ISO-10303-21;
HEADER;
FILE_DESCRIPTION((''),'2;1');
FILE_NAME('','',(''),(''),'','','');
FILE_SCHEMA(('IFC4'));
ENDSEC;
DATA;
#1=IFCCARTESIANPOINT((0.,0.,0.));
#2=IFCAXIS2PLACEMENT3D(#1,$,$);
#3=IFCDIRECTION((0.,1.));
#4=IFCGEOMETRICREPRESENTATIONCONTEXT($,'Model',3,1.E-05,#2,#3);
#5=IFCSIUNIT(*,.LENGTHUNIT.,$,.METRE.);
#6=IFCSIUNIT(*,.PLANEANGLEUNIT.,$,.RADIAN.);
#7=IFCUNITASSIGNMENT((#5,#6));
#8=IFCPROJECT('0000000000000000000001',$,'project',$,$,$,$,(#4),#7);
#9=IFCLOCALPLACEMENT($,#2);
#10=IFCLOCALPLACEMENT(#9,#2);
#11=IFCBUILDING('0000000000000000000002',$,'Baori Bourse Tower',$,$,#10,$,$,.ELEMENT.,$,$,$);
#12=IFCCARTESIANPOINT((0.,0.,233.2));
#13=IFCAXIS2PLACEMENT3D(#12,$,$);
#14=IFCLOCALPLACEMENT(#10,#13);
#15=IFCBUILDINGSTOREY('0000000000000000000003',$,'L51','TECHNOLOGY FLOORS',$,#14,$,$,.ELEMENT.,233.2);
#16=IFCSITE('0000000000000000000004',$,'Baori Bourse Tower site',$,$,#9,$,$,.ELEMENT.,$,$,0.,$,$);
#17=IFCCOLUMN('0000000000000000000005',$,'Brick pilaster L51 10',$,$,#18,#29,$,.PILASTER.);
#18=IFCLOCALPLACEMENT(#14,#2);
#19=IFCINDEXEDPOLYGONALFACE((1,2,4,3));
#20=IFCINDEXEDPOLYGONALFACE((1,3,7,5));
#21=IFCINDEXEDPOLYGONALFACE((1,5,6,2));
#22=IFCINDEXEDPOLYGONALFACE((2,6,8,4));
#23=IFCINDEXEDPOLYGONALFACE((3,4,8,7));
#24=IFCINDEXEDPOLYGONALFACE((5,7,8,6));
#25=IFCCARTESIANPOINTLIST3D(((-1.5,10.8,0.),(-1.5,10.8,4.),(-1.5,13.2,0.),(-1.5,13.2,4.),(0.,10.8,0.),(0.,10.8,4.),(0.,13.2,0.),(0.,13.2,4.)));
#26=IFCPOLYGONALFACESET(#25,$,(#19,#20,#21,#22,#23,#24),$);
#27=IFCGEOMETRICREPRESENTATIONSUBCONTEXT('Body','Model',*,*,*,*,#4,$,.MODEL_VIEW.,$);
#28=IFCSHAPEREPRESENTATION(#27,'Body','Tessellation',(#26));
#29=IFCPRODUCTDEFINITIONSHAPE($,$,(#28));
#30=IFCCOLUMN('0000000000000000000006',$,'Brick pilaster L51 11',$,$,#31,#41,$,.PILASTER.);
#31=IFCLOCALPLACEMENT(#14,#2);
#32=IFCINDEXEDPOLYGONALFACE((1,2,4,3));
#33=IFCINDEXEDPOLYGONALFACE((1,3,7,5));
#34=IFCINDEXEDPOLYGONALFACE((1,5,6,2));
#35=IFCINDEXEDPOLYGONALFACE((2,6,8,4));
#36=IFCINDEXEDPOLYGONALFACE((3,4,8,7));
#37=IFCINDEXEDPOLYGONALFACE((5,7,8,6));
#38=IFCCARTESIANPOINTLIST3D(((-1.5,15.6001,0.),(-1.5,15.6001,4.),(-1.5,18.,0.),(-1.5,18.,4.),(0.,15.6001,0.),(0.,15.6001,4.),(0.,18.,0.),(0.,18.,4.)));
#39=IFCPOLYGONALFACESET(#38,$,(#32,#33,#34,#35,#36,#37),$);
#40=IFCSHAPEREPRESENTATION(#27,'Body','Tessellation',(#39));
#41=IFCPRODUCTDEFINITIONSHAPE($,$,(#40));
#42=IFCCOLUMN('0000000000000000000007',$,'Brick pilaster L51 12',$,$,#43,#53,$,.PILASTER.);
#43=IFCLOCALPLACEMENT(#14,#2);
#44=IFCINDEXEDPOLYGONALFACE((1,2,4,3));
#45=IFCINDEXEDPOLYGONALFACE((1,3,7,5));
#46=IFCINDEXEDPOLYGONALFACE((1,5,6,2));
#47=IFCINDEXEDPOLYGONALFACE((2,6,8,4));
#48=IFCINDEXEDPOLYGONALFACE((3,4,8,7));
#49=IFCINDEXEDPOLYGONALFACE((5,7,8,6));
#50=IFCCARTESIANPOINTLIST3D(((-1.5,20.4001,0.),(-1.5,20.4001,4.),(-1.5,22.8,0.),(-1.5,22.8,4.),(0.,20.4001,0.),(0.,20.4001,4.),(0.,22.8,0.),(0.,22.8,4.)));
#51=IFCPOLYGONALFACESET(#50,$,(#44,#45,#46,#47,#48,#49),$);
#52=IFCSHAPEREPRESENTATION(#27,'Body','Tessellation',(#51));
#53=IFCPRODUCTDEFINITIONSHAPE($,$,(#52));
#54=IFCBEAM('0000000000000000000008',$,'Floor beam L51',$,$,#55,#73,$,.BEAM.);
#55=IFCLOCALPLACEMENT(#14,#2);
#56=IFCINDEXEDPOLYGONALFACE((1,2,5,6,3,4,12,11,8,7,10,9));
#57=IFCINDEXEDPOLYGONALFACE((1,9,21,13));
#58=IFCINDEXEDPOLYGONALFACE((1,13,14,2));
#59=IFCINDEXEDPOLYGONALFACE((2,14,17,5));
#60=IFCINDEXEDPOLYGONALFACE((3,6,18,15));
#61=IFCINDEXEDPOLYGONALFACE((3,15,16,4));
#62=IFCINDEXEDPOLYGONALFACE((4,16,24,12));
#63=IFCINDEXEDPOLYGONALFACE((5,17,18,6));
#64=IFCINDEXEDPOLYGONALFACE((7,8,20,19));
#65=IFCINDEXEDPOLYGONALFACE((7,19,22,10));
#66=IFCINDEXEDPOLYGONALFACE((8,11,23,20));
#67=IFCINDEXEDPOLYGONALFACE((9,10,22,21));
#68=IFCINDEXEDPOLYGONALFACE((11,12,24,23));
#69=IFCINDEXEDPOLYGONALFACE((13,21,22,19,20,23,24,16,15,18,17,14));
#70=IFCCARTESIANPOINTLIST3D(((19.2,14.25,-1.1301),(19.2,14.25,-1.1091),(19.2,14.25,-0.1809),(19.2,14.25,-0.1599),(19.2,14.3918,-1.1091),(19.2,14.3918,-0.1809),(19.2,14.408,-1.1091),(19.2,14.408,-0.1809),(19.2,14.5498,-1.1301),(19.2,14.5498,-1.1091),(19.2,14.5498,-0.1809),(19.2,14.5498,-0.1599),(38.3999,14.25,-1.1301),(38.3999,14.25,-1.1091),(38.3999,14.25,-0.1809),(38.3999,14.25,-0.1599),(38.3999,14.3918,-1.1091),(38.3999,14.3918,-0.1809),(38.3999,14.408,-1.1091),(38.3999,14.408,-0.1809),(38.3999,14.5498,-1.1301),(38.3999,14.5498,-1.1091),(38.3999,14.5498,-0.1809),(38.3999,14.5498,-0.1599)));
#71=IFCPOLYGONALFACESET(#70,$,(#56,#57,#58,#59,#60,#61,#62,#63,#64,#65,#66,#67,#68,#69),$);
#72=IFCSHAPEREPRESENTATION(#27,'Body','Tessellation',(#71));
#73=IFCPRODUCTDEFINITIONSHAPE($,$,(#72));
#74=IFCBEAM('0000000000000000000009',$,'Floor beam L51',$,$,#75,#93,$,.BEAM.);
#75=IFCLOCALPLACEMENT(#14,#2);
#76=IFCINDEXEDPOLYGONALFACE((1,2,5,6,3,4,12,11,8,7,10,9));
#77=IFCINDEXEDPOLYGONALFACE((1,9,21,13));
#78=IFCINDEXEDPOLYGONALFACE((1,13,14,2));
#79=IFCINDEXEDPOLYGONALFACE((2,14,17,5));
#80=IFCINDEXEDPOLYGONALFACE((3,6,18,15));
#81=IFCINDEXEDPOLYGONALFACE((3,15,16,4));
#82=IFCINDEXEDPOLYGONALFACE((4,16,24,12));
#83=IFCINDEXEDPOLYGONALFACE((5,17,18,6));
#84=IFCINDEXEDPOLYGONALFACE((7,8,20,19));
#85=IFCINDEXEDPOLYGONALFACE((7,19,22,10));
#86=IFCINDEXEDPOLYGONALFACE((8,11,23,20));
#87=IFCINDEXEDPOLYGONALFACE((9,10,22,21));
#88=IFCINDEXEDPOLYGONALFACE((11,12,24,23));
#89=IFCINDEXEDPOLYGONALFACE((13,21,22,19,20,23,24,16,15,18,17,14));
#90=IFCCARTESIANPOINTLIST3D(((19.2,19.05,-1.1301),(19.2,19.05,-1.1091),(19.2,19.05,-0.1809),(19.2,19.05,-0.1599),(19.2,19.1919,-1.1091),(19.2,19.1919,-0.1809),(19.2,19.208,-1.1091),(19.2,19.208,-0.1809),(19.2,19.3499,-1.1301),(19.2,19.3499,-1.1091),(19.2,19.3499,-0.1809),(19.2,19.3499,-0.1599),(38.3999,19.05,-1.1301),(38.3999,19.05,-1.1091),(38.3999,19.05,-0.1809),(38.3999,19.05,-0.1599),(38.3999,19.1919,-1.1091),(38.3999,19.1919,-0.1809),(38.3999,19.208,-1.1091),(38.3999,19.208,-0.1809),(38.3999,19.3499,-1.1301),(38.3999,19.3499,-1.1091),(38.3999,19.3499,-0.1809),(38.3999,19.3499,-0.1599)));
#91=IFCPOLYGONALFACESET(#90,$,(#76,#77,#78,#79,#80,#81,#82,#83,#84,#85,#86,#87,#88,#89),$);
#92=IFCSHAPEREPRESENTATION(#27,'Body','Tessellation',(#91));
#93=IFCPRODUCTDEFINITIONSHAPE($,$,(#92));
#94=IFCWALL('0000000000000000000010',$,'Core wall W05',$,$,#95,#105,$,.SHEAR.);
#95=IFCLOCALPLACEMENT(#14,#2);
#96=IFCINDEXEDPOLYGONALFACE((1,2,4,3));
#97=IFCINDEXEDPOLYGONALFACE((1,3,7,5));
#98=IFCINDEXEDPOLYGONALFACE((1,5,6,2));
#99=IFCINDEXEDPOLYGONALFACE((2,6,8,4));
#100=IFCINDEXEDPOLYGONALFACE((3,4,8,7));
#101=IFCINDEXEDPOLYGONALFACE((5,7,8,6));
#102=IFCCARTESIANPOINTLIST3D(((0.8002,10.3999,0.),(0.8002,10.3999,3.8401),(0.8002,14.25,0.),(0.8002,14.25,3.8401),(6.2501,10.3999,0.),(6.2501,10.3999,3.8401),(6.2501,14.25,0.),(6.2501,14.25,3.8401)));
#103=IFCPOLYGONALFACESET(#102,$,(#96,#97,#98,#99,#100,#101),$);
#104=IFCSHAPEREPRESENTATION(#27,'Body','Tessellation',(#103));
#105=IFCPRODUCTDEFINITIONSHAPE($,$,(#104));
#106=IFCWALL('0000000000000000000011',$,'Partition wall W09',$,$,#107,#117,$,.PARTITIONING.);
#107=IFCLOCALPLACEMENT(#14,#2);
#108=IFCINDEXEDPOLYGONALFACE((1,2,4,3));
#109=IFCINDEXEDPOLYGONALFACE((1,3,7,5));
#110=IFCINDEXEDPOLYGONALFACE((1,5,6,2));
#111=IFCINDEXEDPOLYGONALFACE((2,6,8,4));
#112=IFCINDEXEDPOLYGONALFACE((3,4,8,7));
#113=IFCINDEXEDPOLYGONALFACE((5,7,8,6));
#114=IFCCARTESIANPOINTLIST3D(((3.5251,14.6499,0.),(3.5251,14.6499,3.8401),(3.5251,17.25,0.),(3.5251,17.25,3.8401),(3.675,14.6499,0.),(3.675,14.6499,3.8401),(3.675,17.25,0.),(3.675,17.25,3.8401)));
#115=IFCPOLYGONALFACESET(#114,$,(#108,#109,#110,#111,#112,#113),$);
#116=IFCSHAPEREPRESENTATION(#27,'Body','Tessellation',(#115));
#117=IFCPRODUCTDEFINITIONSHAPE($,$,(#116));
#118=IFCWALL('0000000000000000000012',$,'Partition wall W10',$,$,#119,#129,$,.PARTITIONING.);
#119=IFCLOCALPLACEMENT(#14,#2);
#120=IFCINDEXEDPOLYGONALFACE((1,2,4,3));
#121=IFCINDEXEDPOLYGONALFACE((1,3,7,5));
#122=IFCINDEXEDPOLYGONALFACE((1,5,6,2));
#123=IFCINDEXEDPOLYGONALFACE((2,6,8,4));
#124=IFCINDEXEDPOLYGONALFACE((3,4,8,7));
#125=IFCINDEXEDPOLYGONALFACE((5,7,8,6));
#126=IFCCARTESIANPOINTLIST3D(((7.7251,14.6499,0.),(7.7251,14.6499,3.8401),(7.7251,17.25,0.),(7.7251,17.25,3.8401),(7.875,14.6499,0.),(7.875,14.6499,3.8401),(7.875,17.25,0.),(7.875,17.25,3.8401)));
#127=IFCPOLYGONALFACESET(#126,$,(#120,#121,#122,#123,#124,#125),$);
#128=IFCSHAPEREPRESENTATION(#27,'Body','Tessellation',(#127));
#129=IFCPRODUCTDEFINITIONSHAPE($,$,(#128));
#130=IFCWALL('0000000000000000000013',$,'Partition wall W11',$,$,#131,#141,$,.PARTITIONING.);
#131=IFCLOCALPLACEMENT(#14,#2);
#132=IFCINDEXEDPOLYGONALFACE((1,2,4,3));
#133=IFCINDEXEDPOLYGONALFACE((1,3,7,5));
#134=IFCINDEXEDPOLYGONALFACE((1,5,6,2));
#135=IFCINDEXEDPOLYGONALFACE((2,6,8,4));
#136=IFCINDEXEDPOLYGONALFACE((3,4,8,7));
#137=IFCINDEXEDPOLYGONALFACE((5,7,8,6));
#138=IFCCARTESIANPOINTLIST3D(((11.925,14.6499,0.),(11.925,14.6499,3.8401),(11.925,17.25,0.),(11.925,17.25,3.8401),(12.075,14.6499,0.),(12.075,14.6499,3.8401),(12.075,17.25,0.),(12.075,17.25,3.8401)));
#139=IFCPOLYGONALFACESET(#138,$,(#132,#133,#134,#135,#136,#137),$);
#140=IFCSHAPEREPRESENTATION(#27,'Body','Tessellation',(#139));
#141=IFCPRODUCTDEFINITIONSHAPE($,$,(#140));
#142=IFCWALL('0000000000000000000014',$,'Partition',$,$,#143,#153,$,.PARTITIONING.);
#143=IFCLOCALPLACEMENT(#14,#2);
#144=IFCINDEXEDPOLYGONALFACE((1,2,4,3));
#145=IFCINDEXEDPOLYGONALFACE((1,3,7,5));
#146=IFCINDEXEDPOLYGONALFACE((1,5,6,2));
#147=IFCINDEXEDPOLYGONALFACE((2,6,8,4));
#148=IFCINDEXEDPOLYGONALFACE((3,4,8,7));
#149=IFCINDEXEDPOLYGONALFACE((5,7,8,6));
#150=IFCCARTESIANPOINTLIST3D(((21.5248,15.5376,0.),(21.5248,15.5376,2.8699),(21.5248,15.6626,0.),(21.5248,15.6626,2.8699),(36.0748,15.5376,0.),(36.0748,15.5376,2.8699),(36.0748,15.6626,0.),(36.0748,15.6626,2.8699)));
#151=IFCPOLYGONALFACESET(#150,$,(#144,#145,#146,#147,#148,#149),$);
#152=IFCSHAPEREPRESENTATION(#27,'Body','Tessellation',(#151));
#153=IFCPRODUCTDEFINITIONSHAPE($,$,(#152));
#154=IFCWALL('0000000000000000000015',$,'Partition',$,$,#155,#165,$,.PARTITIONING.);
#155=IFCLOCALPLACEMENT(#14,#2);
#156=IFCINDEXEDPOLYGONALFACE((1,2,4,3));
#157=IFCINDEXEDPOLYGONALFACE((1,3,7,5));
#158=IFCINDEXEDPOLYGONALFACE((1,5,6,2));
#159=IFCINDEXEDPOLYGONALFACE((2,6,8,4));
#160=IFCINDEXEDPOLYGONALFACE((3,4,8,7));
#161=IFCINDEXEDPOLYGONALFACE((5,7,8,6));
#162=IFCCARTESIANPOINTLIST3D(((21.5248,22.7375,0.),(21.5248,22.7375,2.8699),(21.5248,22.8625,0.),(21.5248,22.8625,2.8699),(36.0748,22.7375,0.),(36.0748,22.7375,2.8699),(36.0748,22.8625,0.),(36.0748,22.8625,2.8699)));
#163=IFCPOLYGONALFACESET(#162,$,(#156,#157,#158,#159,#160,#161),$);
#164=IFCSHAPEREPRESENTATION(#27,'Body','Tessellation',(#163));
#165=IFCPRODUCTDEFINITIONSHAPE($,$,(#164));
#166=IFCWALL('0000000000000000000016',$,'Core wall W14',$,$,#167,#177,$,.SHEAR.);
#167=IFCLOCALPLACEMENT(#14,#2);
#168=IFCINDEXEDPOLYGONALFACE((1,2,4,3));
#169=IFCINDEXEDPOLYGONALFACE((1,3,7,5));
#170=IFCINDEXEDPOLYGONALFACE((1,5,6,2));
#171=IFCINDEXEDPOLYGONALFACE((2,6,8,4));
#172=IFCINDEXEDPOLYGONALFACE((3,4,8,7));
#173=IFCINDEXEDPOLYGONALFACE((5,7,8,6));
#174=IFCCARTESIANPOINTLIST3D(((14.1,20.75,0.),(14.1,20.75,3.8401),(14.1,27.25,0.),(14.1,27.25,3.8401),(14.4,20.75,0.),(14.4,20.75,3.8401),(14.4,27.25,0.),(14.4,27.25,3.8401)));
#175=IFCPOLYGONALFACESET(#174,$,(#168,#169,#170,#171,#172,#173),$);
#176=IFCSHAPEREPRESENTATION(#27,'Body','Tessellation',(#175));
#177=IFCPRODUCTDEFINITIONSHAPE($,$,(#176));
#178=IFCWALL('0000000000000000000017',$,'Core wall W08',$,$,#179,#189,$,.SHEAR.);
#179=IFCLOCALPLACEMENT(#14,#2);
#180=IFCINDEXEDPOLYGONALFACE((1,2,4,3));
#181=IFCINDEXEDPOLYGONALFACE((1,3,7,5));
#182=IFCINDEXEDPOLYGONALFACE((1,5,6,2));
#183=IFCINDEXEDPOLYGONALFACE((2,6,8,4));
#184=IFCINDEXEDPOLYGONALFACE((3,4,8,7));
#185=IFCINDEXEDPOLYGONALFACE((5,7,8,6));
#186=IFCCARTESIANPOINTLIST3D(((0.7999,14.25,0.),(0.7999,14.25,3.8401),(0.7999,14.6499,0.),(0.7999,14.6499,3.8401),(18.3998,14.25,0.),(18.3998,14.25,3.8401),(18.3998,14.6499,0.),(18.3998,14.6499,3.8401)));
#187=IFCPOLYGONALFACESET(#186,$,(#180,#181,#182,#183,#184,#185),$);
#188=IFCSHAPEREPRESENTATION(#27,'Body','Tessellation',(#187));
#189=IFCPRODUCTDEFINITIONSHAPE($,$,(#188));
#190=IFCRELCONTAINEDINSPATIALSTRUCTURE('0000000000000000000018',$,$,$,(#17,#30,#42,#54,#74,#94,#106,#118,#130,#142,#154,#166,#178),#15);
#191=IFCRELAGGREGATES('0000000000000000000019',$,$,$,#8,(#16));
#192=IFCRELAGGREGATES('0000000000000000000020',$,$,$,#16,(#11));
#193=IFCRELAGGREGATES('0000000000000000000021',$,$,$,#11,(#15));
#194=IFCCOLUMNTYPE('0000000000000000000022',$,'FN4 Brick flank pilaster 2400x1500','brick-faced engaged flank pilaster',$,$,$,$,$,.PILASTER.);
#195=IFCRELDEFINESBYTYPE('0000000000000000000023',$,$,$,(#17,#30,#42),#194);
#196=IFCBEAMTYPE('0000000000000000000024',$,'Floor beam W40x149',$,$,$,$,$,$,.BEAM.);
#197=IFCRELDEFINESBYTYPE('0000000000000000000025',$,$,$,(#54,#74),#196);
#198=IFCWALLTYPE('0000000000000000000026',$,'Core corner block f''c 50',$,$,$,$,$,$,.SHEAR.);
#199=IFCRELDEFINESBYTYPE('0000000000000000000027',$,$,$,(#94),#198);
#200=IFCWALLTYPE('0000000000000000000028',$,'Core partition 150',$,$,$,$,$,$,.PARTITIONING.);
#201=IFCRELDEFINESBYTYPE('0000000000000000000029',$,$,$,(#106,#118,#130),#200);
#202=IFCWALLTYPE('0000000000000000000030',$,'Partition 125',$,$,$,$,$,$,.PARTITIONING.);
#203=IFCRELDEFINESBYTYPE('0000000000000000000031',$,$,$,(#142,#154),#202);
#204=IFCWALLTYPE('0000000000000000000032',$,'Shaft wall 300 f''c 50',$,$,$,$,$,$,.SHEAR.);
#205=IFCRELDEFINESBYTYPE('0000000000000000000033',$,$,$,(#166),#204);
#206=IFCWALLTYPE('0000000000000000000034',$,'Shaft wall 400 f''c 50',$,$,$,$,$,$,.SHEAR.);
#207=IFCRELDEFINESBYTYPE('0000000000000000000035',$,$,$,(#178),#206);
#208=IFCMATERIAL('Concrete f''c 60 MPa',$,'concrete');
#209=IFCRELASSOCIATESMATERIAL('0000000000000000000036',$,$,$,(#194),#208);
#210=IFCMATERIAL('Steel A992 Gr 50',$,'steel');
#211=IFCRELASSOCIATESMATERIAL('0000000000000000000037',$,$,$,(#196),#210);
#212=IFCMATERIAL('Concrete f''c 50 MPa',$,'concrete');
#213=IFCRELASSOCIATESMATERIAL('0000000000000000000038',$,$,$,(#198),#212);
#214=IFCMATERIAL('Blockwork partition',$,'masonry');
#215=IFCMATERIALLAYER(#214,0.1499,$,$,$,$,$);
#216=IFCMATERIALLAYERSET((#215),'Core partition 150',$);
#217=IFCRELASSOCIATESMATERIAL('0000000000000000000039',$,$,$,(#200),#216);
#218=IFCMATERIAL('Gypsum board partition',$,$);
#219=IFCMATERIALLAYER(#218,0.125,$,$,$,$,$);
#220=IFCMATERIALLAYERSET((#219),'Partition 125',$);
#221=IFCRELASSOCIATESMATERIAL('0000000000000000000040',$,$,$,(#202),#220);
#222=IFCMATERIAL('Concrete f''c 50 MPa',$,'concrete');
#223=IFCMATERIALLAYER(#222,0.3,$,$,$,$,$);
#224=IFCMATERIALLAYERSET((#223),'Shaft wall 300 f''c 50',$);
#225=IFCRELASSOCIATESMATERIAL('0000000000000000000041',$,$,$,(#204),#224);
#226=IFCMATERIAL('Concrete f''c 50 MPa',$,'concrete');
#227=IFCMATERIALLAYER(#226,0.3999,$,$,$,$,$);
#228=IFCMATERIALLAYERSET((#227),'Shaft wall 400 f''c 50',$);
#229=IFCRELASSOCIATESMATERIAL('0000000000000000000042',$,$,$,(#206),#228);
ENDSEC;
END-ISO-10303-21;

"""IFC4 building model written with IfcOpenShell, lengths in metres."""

from ifc_helpers import new_model, si_unit, direction, frame, frame_2d, origin, origin_2d, place, context, subcontext, project, spatial, rectangle, i_section, extrude, material, layer, layer_set, material_profile, profile_set, type_object, element, save


model = new_model("IFC4")

# Units and contexts
model_context = context("Model", 3, precision=1e-05, world=origin(), true_north=direction((0.0, 1.0)))
body_context = subcontext(model_context, "Body", "Model", "MODEL_VIEW")
ifc_project = project(units=[si_unit("LENGTHUNIT", "METRE"), si_unit("PLANEANGLEUNIT", "RADIAN")], contexts=[model_context])

# Site, building, storey
site_placement = place(None, origin())
site = spatial("IfcSite", under=ifc_project, at=site_placement, Name="Baori Bourse Tower site", CompositionType="ELEMENT", RefElevation=0.0)
building_placement = place(site_placement, origin())
building = spatial("IfcBuilding", under=site, at=building_placement, Name="Baori Bourse Tower", CompositionType="ELEMENT")
storey_placement = place(building_placement, frame((0.0, 0.0, 233.2)))
storey = spatial("IfcBuildingStorey", under=building, at=storey_placement, Name="L51", Description="TECHNOLOGY FLOORS", CompositionType="ELEMENT", Elevation=233.2)

# Columns
ifc_material_1 = material(Name="Concrete f'c 60 MPa", Category="concrete")
ifc_material_profile_1 = material_profile(ifc_material_1, rectangle(XDim=2.3999, YDim=1.5, at=origin_2d()), Name="RC 2400x1500")
ifc_profile_set_1 = profile_set([ifc_material_profile_1], Name="Concrete f'c 60 MPa")
column_type = type_object("IfcColumnType", Name="FN4 Brick flank pilaster 2400x1500", Description="brick-faced engaged flank pilaster", PredefinedType="PILASTER", material=ifc_profile_set_1)
for number, where, z_axis, x_axis, name in (
    (1, (-0.75, 12.0, 0.0), (0.0, 0.0, 1.0), (0.0, 1.0, 0.0), "Brick pilaster L51 10"),
    (2, (-0.75, 16.8, 0.0), (0.0, 0.0, 1.0), (0.0, 1.0, 0.0), "Brick pilaster L51 11"),
    (3, (-0.75, 21.6001, 0.0), (0.0, 0.0, 1.0), (0.0, 1.0, 0.0), "Brick pilaster L51 12"),
):
    element("IfcColumn", number, at=place(storey_placement, frame(where, z_axis=z_axis, x_axis=x_axis)), inside=storey, type_object=column_type, Name=name, PredefinedType="PILASTER", context=body_context, shape_type="SweptSolid", body=[
        extrude(rectangle(XDim=2.3999, YDim=1.5, at=origin_2d()), origin(), (0.0, 0.0, 1.0), 4.0),
    ])

# Beams
ifc_material_2 = material(Name="Steel A992 Gr 50", Category="steel")
ifc_material_profile_2 = material_profile(ifc_material_2, i_section(OverallWidth=0.2998, OverallDepth=0.9702, WebThickness=0.0161, FlangeThickness=0.021, at=origin_2d()), Name="W40x149")
ifc_profile_set_2 = profile_set([ifc_material_profile_2], Name="Steel A992 Gr 50")
beam_type = type_object("IfcBeamType", Name="Floor beam W40x149", PredefinedType="BEAM", material=ifc_profile_set_2)
for number, where, z_axis, x_axis, name in (
    (4, (19.2, 14.3999, -0.645), (1.0, 0.0, 0.0), (0.0, 1.0, 0.0), "Floor beam L51"),
    (5, (19.2, 19.2, -0.645), (1.0, 0.0, 0.0), (0.0, 1.0, 0.0), "Floor beam L51"),
):
    element("IfcBeam", number, at=place(storey_placement, frame(where, z_axis=z_axis, x_axis=x_axis)), inside=storey, type_object=beam_type, Name=name, PredefinedType="BEAM", context=body_context, shape_type="SweptSolid", body=[
        extrude(i_section(OverallWidth=0.2998, OverallDepth=0.9702, WebThickness=0.0161, FlangeThickness=0.021, at=origin_2d()), origin(), (0.0, 0.0, 1.0), 19.2),
    ])

# Walls
ifc_material_3 = material(Name="Concrete f'c 50 MPa", Category="concrete")
wall_type_1 = type_object("IfcWallType", Name="Core corner block f'c 50", PredefinedType="SHEAR", material=ifc_material_3)
wall_1_placement = place(storey_placement, frame((0.8, 12.325, 0.0), z_axis=(0.0, 0.0, 1.0), x_axis=(1.0, 0.0, 0.0)))
element("IfcWall", 6, at=wall_1_placement, inside=storey, type_object=wall_type_1, Name="Core wall W05", PredefinedType="SHEAR", context=body_context, shape_type="SweptSolid", body=[
    extrude(rectangle(XDim=5.45, YDim=3.8501, at=frame_2d((2.7251, 0.0))), origin(), (0.0, 0.0, 1.0), 3.8401),
])
ifc_material_4 = material(Name="Blockwork partition", Category="masonry")
ifc_layer_1 = layer(ifc_material_4, 0.1499)
ifc_layer_set_1 = layer_set([ifc_layer_1], Name="Core partition 150")
wall_type_2 = type_object("IfcWallType", Name="Core partition 150", PredefinedType="PARTITIONING", material=ifc_layer_set_1)
for number, where, z_axis, x_axis, name in (
    (7, (3.6001, 14.6499, 0.0), (0.0, 0.0, 1.0), (0.0, 1.0, 0.0), "Partition wall W09"),
    (8, (7.8, 14.6499, 0.0), (0.0, 0.0, 1.0), (0.0, 1.0, 0.0), "Partition wall W10"),
    (9, (12.0, 14.6499, 0.0), (0.0, 0.0, 1.0), (0.0, 1.0, 0.0), "Partition wall W11"),
):
    element("IfcWall", number, at=place(storey_placement, frame(where, z_axis=z_axis, x_axis=x_axis)), inside=storey, type_object=wall_type_2, Name=name, PredefinedType="PARTITIONING", context=body_context, shape_type="SweptSolid", body=[
        extrude(rectangle(XDim=2.6001, YDim=0.1499, at=frame_2d((1.3, 0.0))), origin(), (0.0, 0.0, 1.0), 3.8401),
    ])
ifc_material_5 = material(Name="Gypsum board partition")
ifc_layer_2 = layer(ifc_material_5, 0.125)
ifc_layer_set_2 = layer_set([ifc_layer_2], Name="Partition 125")
wall_type_3 = type_object("IfcWallType", Name="Partition 125", PredefinedType="PARTITIONING", material=ifc_layer_set_2)
for number, where, z_axis, x_axis, name in (
    (10, (21.5249, 15.6001, 0.0), (0.0, 0.0, 1.0), (1.0, 0.0, 0.0), "Partition"),
    (11, (21.5249, 22.8, 0.0), (0.0, 0.0, 1.0), (1.0, 0.0, 0.0), "Partition"),
):
    element("IfcWall", number, at=place(storey_placement, frame(where, z_axis=z_axis, x_axis=x_axis)), inside=storey, type_object=wall_type_3, Name=name, PredefinedType="PARTITIONING", context=body_context, shape_type="SweptSolid", body=[
        extrude(rectangle(XDim=14.55, YDim=0.125, at=frame_2d((7.2749, 0.0))), origin(), (0.0, 0.0, 1.0), 2.8699),
    ])
ifc_material_6 = material(Name="Concrete f'c 50 MPa", Category="concrete")
ifc_layer_3 = layer(ifc_material_6, 0.3)
ifc_layer_set_3 = layer_set([ifc_layer_3], Name="Shaft wall 300 f'c 50")
wall_type_4 = type_object("IfcWallType", Name="Shaft wall 300 f'c 50", PredefinedType="SHEAR", material=ifc_layer_set_3)
wall_2_placement = place(storey_placement, frame((14.25, 20.75, 0.0), z_axis=(0.0, 0.0, 1.0), x_axis=(0.0, 1.0, 0.0)))
element("IfcWall", 12, at=wall_2_placement, inside=storey, type_object=wall_type_4, Name="Core wall W14", PredefinedType="SHEAR", context=body_context, shape_type="SweptSolid", body=[
    extrude(rectangle(XDim=6.5, YDim=0.3, at=frame_2d((3.25, 0.0))), origin(), (0.0, 0.0, 1.0), 3.8401),
])
ifc_material_7 = material(Name="Concrete f'c 50 MPa", Category="concrete")
ifc_layer_4 = layer(ifc_material_7, 0.3999)
ifc_layer_set_4 = layer_set([ifc_layer_4], Name="Shaft wall 400 f'c 50")
wall_type_5 = type_object("IfcWallType", Name="Shaft wall 400 f'c 50", PredefinedType="SHEAR", material=ifc_layer_set_4)
wall_3_placement = place(storey_placement, frame((0.8, 14.45, 0.0), z_axis=(0.0, 0.0, 1.0), x_axis=(1.0, 0.0, 0.0)))
element("IfcWall", 13, at=wall_3_placement, inside=storey, type_object=wall_type_5, Name="Core wall W08", PredefinedType="SHEAR", context=body_context, shape_type="SweptSolid", body=[
    extrude(rectangle(XDim=17.5999, YDim=0.3999, at=frame_2d((8.7998, 0.0))), origin(), (0.0, 0.0, 1.0), 3.8401),
])

save(model, "model.ifc")
